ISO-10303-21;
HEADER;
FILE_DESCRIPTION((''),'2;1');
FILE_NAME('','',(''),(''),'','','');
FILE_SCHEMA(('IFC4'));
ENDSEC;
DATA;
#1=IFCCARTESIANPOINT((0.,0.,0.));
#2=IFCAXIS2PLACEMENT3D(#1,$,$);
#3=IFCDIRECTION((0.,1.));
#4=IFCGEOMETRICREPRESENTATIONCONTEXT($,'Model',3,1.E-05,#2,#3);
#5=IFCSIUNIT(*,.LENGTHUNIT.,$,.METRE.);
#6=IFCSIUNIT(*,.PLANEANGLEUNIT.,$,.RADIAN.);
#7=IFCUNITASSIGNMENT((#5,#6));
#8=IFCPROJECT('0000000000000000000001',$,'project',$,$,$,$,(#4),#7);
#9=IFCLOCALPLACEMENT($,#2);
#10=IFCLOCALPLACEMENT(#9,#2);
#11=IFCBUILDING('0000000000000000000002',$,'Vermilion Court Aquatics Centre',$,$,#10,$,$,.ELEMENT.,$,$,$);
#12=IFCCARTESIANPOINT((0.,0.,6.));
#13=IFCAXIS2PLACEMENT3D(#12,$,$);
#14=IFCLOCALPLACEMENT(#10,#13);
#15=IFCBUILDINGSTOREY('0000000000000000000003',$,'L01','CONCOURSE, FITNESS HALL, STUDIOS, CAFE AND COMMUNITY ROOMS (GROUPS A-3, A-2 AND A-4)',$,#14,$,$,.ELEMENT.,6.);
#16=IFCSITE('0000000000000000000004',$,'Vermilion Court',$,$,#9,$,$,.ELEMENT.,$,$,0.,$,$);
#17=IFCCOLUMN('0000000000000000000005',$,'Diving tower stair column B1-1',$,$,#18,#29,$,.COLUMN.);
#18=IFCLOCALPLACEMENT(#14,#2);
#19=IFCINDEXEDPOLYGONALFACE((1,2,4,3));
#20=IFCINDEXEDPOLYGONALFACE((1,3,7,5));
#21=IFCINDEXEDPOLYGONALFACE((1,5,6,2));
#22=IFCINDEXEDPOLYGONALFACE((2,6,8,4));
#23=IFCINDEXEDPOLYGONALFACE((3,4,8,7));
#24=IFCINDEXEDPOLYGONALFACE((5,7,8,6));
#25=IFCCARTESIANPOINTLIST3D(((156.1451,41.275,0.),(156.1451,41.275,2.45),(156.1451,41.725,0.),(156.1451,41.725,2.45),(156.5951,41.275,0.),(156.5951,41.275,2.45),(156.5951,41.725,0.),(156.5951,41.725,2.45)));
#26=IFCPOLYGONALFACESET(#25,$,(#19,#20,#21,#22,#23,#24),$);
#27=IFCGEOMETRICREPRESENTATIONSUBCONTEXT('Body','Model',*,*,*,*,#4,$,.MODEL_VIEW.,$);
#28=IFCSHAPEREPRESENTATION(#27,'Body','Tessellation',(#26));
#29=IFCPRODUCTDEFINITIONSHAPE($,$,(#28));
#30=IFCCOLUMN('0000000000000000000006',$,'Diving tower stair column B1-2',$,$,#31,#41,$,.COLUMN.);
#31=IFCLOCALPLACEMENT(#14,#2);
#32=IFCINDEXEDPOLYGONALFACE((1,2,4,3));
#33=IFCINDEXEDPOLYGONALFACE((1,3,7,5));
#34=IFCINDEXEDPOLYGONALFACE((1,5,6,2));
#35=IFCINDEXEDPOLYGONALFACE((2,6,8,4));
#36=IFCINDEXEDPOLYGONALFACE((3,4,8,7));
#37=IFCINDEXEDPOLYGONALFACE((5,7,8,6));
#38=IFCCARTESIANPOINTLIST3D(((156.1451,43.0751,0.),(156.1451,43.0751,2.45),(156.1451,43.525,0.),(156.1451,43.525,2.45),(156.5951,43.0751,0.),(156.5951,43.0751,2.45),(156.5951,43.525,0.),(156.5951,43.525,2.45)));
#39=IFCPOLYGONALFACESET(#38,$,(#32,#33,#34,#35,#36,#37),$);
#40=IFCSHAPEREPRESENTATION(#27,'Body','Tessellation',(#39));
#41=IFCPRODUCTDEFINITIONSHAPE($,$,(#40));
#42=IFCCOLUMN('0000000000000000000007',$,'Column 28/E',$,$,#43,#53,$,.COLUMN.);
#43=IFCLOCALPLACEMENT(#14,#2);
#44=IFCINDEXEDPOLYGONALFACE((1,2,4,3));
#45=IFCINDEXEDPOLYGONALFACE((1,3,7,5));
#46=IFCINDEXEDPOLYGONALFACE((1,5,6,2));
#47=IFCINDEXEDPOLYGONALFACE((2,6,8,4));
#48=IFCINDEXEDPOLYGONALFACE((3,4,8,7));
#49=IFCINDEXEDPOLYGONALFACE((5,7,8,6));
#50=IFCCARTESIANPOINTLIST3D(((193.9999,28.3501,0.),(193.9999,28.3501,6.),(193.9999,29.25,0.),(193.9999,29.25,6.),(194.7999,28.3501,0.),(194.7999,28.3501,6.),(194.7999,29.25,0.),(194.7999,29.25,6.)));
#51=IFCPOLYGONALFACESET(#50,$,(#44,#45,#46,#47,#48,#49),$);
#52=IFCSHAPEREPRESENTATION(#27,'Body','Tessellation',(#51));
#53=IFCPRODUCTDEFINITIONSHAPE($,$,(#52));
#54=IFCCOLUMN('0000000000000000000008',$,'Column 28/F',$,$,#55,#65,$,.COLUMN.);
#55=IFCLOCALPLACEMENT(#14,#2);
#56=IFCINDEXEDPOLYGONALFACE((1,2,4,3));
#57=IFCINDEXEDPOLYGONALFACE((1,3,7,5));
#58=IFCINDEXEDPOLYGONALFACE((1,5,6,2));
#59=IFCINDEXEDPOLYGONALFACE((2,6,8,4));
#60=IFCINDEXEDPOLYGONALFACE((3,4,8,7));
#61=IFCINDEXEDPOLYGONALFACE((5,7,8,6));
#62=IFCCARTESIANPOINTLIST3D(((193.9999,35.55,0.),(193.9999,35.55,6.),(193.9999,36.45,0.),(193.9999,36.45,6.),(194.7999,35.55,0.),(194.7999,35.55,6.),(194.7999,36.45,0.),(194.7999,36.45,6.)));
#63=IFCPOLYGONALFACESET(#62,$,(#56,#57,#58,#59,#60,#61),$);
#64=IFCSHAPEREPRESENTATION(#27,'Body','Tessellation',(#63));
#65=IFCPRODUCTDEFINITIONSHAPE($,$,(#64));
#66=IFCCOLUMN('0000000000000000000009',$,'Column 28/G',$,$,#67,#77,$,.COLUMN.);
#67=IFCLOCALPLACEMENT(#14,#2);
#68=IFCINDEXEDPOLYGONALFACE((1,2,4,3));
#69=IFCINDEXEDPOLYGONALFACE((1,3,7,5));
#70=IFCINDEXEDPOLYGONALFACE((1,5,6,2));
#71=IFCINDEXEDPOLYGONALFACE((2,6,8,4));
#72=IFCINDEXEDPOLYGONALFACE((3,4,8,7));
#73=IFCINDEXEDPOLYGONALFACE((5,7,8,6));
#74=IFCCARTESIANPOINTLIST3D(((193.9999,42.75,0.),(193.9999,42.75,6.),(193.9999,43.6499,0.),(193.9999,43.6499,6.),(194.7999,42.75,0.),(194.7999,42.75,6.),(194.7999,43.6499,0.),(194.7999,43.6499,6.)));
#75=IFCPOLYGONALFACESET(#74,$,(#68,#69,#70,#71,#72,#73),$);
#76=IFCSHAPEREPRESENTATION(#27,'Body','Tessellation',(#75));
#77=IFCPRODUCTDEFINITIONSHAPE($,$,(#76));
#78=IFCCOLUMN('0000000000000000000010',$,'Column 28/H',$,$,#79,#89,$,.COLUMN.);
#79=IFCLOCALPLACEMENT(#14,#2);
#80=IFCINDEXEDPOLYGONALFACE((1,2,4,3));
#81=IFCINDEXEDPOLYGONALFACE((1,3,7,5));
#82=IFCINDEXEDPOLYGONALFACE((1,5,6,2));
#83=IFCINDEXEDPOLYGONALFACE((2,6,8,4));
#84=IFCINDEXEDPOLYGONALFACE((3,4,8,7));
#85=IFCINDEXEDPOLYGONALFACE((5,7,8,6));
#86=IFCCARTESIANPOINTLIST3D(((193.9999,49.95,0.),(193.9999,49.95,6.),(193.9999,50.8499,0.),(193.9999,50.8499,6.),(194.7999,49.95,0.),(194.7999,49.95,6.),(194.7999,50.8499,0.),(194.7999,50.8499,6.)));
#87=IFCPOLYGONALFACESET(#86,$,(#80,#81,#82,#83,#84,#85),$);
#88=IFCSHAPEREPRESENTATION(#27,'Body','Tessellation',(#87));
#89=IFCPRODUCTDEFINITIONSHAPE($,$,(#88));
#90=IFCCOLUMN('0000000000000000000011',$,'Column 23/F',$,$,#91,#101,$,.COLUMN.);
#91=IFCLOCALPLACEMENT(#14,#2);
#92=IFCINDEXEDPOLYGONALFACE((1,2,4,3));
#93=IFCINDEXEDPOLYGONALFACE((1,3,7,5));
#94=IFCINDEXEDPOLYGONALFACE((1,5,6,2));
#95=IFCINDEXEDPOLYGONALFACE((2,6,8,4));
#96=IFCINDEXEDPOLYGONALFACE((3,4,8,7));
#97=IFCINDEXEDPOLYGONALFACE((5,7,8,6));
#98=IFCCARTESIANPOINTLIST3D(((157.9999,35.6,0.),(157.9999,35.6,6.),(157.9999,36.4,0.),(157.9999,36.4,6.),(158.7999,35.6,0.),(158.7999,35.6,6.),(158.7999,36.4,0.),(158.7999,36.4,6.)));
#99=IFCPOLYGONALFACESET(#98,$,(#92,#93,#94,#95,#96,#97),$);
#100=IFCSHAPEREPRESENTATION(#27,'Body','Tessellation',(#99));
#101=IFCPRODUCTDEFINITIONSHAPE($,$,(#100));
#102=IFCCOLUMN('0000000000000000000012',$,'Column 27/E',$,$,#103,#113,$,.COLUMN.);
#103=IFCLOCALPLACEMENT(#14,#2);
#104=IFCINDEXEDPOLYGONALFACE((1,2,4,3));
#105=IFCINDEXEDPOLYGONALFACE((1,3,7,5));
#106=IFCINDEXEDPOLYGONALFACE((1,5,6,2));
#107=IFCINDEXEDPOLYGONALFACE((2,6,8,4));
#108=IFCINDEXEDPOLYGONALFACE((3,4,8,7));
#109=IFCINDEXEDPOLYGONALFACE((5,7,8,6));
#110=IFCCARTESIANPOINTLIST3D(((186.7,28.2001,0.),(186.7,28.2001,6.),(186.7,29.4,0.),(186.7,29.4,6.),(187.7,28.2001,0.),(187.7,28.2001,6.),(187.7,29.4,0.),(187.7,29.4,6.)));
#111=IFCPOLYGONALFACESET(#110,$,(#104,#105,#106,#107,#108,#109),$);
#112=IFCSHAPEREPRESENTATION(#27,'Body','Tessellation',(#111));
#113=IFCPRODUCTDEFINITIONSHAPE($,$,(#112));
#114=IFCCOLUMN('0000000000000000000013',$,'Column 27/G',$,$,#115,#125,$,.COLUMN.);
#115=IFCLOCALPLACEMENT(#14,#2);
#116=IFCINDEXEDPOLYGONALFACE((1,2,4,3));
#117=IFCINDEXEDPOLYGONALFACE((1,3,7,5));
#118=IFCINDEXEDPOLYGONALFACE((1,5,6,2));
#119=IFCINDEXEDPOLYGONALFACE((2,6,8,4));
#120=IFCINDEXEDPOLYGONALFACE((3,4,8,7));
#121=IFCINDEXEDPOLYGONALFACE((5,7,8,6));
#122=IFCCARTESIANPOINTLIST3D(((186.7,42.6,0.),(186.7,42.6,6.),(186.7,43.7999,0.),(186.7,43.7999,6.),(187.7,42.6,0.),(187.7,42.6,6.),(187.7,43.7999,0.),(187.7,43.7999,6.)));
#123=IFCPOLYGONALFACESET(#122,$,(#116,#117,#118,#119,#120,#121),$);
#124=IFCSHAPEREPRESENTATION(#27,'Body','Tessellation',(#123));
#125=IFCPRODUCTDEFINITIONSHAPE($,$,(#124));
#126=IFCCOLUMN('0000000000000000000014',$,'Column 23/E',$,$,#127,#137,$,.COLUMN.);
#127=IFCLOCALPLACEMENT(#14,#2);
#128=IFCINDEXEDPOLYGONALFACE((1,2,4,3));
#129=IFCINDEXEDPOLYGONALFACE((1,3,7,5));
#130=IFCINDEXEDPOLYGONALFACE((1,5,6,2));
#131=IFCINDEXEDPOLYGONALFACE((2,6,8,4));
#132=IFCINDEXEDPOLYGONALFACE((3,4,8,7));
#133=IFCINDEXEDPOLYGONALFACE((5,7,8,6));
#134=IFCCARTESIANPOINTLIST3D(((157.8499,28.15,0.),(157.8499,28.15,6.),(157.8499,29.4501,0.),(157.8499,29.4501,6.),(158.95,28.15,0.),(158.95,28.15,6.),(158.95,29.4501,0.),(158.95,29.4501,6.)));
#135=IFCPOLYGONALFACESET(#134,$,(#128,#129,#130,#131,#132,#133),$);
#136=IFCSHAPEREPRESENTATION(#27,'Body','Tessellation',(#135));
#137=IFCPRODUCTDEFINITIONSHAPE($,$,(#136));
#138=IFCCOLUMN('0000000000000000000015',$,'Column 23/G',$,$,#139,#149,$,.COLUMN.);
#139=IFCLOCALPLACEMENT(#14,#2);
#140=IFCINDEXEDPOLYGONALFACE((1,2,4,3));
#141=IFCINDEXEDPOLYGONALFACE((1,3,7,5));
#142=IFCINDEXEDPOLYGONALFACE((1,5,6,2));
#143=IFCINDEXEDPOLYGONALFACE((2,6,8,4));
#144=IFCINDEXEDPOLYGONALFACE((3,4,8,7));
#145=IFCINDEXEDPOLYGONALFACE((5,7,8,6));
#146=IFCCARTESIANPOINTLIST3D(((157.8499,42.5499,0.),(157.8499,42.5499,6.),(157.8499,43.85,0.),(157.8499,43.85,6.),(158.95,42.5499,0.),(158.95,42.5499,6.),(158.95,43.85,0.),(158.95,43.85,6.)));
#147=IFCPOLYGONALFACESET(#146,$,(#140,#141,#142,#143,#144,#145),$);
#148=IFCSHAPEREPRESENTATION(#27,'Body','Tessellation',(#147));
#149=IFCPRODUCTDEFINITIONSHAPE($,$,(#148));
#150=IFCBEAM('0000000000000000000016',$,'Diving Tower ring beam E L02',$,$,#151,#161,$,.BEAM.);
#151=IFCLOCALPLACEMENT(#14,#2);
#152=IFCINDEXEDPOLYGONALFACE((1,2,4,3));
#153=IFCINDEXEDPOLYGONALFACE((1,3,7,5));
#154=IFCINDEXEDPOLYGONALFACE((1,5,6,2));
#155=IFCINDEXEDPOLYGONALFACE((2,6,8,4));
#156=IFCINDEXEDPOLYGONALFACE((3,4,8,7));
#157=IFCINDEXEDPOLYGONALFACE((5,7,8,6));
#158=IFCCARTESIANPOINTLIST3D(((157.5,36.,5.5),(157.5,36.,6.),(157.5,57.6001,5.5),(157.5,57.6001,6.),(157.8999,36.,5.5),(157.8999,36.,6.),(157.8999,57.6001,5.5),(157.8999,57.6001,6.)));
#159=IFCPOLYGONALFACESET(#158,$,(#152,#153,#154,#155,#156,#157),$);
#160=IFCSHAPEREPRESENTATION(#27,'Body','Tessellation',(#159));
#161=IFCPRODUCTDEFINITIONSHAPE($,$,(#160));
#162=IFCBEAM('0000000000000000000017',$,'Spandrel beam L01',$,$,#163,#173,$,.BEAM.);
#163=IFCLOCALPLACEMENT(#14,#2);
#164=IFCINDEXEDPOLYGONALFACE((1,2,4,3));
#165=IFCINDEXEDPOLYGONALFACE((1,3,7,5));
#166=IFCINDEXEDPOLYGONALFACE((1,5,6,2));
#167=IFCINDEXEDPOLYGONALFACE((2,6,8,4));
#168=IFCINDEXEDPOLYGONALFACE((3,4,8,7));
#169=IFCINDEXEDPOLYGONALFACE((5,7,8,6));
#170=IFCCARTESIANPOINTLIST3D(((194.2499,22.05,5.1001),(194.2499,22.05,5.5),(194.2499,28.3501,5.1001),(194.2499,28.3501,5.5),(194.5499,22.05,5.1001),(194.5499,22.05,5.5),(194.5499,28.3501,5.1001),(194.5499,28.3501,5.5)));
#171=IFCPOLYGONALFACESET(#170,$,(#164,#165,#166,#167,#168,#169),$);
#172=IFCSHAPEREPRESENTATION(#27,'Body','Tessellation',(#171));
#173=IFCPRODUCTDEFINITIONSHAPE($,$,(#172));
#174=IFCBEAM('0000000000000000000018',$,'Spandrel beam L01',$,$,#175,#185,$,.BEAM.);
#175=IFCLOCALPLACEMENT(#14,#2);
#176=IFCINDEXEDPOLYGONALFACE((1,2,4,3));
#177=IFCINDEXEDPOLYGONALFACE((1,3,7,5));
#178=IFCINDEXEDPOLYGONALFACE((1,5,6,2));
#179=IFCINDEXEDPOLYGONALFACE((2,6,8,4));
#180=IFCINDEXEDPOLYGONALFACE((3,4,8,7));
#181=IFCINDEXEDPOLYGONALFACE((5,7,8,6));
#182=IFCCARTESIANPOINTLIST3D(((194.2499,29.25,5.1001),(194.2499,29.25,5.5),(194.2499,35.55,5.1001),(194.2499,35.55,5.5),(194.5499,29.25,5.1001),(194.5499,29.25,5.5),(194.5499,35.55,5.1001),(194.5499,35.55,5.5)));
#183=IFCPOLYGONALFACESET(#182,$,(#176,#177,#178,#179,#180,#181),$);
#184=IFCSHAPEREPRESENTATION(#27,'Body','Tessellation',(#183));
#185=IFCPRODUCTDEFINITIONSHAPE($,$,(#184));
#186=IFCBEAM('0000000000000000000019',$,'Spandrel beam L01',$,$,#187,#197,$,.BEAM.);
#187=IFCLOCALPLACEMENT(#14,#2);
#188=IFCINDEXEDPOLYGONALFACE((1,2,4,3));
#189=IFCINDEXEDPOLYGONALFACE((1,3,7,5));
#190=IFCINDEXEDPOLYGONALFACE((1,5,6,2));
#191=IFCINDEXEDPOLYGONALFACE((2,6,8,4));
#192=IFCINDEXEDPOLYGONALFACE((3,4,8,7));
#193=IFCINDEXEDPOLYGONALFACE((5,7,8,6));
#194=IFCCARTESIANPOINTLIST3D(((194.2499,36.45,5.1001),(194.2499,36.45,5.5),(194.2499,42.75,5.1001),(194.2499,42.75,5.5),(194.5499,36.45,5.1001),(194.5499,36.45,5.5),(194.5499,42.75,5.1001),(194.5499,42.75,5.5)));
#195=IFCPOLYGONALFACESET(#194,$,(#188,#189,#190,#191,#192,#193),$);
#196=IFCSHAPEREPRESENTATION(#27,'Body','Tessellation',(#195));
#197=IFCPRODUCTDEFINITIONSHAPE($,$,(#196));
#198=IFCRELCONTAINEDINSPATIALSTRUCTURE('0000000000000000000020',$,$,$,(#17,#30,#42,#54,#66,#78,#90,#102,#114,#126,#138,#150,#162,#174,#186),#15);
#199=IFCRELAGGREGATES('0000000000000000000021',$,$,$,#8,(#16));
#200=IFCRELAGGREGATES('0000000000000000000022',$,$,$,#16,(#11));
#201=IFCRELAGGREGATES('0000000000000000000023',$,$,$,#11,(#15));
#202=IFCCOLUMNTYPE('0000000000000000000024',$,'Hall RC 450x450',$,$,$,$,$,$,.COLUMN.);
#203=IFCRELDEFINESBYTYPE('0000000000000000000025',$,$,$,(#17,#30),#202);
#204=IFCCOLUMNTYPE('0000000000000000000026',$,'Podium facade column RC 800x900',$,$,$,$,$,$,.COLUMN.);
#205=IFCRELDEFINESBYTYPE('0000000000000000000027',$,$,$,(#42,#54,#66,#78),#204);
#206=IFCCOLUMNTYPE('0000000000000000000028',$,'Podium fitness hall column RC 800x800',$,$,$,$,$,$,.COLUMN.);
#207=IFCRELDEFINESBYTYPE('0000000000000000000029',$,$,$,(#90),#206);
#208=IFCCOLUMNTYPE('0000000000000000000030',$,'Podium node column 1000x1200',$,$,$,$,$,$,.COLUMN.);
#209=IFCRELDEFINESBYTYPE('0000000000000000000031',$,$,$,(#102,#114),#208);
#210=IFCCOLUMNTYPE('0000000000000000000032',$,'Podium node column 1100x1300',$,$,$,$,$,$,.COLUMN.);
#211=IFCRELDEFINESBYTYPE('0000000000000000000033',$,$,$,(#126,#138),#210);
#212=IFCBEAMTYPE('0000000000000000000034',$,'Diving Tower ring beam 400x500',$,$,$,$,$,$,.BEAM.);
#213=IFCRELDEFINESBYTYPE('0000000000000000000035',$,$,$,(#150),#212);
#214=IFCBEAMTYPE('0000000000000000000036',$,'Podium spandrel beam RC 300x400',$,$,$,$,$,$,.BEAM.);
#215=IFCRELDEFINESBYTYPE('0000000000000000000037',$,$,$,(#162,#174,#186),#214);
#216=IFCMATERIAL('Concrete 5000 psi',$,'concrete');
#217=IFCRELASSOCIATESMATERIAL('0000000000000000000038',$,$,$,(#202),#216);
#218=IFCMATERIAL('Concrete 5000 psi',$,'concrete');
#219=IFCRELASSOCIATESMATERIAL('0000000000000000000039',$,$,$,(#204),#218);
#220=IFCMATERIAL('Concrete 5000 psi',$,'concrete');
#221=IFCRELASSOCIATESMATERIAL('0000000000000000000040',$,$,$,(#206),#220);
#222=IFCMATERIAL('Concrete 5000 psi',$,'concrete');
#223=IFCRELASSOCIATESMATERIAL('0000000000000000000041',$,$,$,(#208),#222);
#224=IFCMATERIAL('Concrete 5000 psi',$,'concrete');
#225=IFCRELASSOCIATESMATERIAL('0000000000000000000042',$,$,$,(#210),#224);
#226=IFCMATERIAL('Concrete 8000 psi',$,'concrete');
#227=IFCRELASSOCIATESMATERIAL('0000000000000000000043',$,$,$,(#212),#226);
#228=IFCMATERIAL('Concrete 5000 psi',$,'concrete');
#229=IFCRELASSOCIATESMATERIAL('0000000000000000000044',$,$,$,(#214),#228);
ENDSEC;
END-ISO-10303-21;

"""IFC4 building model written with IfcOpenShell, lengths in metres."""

from ifc_helpers import new_model, si_unit, direction, frame, origin, origin_2d, place, context, subcontext, project, spatial, rectangle, extrude, material, material_profile, profile_set, type_object, element, save


model = new_model("IFC4")

# Units and contexts
model_context = context("Model", 3, precision=1e-05, world=origin(), true_north=direction((0.0, 1.0)))
body_context = subcontext(model_context, "Body", "Model", "MODEL_VIEW")
ifc_project = project(units=[si_unit("LENGTHUNIT", "METRE"), si_unit("PLANEANGLEUNIT", "RADIAN")], contexts=[model_context])

# Site, building, storey
site_placement = place(None, origin())
site = spatial("IfcSite", under=ifc_project, at=site_placement, Name="Vermilion Court", CompositionType="ELEMENT", RefElevation=0.0)
building_placement = place(site_placement, origin())
building = spatial("IfcBuilding", under=site, at=building_placement, Name="Vermilion Court Aquatics Centre", CompositionType="ELEMENT")
storey_placement = place(building_placement, frame((0.0, 0.0, 6.0)))
storey = spatial("IfcBuildingStorey", under=building, at=storey_placement, Name="L01", Description="CONCOURSE, FITNESS HALL, STUDIOS, CAFE AND COMMUNITY ROOMS (GROUPS A-3, A-2 AND A-4)", CompositionType="ELEMENT", Elevation=6.0)

# Columns
ifc_material_1 = material(Name="Concrete 5000 psi", Category="concrete")
ifc_material_profile_1 = material_profile(ifc_material_1, rectangle(XDim=0.45, YDim=0.45, at=origin_2d()), Name="RC 450x450")
ifc_profile_set_1 = profile_set([ifc_material_profile_1], Name="Concrete 5000 psi")
column_type_1 = type_object("IfcColumnType", Name="Hall RC 450x450", PredefinedType="COLUMN", material=ifc_profile_set_1)
for number, where, z_axis, x_axis, name in (
    (1, (156.3701, 41.5, 0.0), (0.0, 0.0, 1.0), (1.0, 0.0, 0.0), "Diving tower stair column B1-1"),
    (2, (156.3701, 43.3, 0.0), (0.0, 0.0, 1.0), (1.0, 0.0, 0.0), "Diving tower stair column B1-2"),
):
    element("IfcColumn", number, at=place(storey_placement, frame(where, z_axis=z_axis, x_axis=x_axis)), inside=storey, type_object=column_type_1, Name=name, PredefinedType="COLUMN", context=body_context, shape_type="SweptSolid", body=[
        extrude(rectangle(XDim=0.45, YDim=0.45, at=origin_2d()), origin(), (0.0, 0.0, 1.0), 2.45),
    ])
ifc_material_2 = material(Name="Concrete 5000 psi", Category="concrete")
ifc_material_profile_2 = material_profile(ifc_material_2, rectangle(XDim=0.8, YDim=0.8999, at=origin_2d()), Name="RC 800x900")
ifc_profile_set_2 = profile_set([ifc_material_profile_2], Name="Concrete 5000 psi")
column_type_2 = type_object("IfcColumnType", Name="Podium facade column RC 800x900", PredefinedType="COLUMN", material=ifc_profile_set_2)
for number, where, z_axis, x_axis, name in (
    (3, (194.3999, 28.8, 0.0), (0.0, 0.0, 1.0), (1.0, 0.0, 0.0), "Column 28/E"),
    (4, (194.3999, 36.0, 0.0), (0.0, 0.0, 1.0), (1.0, 0.0, 0.0), "Column 28/F"),
    (5, (194.3999, 43.2, 0.0), (0.0, 0.0, 1.0), (1.0, 0.0, 0.0), "Column 28/G"),
    (6, (194.3999, 50.3999, 0.0), (0.0, 0.0, 1.0), (1.0, 0.0, 0.0), "Column 28/H"),
):
    element("IfcColumn", number, at=place(storey_placement, frame(where, z_axis=z_axis, x_axis=x_axis)), inside=storey, type_object=column_type_2, Name=name, PredefinedType="COLUMN", context=body_context, shape_type="SweptSolid", body=[
        extrude(rectangle(XDim=0.8, YDim=0.8999, at=origin_2d()), origin(), (0.0, 0.0, 1.0), 6.0),
    ])
ifc_material_3 = material(Name="Concrete 5000 psi", Category="concrete")
ifc_material_profile_3 = material_profile(ifc_material_3, rectangle(XDim=0.8, YDim=0.8, at=origin_2d()), Name="RC 800x800")
ifc_profile_set_3 = profile_set([ifc_material_profile_3], Name="Concrete 5000 psi")
column_type_3 = type_object("IfcColumnType", Name="Podium fitness hall column RC 800x800", PredefinedType="COLUMN", material=ifc_profile_set_3)
column_placement = place(storey_placement, frame((158.3999, 36.0, 0.0), z_axis=(0.0, 0.0, 1.0), x_axis=(1.0, 0.0, 0.0)))
element("IfcColumn", 7, at=column_placement, inside=storey, type_object=column_type_3, Name="Column 23/F", PredefinedType="COLUMN", context=body_context, shape_type="SweptSolid", body=[
    extrude(rectangle(XDim=0.8, YDim=0.8, at=origin_2d()), origin(), (0.0, 0.0, 1.0), 6.0),
])
ifc_material_4 = material(Name="Concrete 5000 psi", Category="concrete")
ifc_material_profile_4 = material_profile(ifc_material_4, rectangle(XDim=1.0, YDim=1.2, at=origin_2d()), Name="RC 1000x1200")
ifc_profile_set_4 = profile_set([ifc_material_profile_4], Name="Concrete 5000 psi")
column_type_4 = type_object("IfcColumnType", Name="Podium node column 1000x1200", PredefinedType="COLUMN", material=ifc_profile_set_4)
for number, where, z_axis, x_axis, name in (
    (8, (187.2, 28.8, 0.0), (0.0, 0.0, 1.0), (1.0, 0.0, 0.0), "Column 27/E"),
    (9, (187.2, 43.2, 0.0), (0.0, 0.0, 1.0), (1.0, 0.0, 0.0), "Column 27/G"),
):
    element("IfcColumn", number, at=place(storey_placement, frame(where, z_axis=z_axis, x_axis=x_axis)), inside=storey, type_object=column_type_4, Name=name, PredefinedType="COLUMN", context=body_context, shape_type="SweptSolid", body=[
        extrude(rectangle(XDim=1.0, YDim=1.2, at=origin_2d()), origin(), (0.0, 0.0, 1.0), 6.0),
    ])
ifc_material_5 = material(Name="Concrete 5000 psi", Category="concrete")
ifc_material_profile_5 = material_profile(ifc_material_5, rectangle(XDim=1.1001, YDim=1.3, at=origin_2d()), Name="RC 1100x1300")
ifc_profile_set_5 = profile_set([ifc_material_profile_5], Name="Concrete 5000 psi")
column_type_5 = type_object("IfcColumnType", Name="Podium node column 1100x1300", PredefinedType="COLUMN", material=ifc_profile_set_5)
for number, where, z_axis, x_axis, name in (
    (10, (158.3999, 28.8, 0.0), (0.0, 0.0, 1.0), (1.0, 0.0, 0.0), "Column 23/E"),
    (11, (158.3999, 43.2, 0.0), (0.0, 0.0, 1.0), (1.0, 0.0, 0.0), "Column 23/G"),
):
    element("IfcColumn", number, at=place(storey_placement, frame(where, z_axis=z_axis, x_axis=x_axis)), inside=storey, type_object=column_type_5, Name=name, PredefinedType="COLUMN", context=body_context, shape_type="SweptSolid", body=[
        extrude(rectangle(XDim=1.1001, YDim=1.3, at=origin_2d()), origin(), (0.0, 0.0, 1.0), 6.0),
    ])

# Beams
ifc_material_6 = material(Name="Concrete 8000 psi", Category="concrete")
ifc_material_profile_6 = material_profile(ifc_material_6, rectangle(XDim=0.3999, YDim=0.5, at=origin_2d()), Name="RC 400x500")
ifc_profile_set_6 = profile_set([ifc_material_profile_6], Name="Concrete 8000 psi")
beam_type_1 = type_object("IfcBeamType", Name="Diving Tower ring beam 400x500", PredefinedType="BEAM", material=ifc_profile_set_6)
beam_1_placement = place(storey_placement, frame((157.7, 36.0, 5.75), z_axis=(0.0, 1.0, 0.0), x_axis=(-1.0, 0.0, 0.0)))
element("IfcBeam", 12, at=beam_1_placement, inside=storey, type_object=beam_type_1, Name="Diving Tower ring beam E L02", PredefinedType="BEAM", context=body_context, shape_type="SweptSolid", body=[
    extrude(rectangle(XDim=0.3999, YDim=0.5, at=origin_2d()), origin(), (0.0, 0.0, 1.0), 21.6001),
])
ifc_material_7 = material(Name="Concrete 5000 psi", Category="concrete")
ifc_material_profile_7 = material_profile(ifc_material_7, rectangle(XDim=0.3, YDim=0.3999, at=origin_2d()), Name="RC 300x400")
ifc_profile_set_7 = profile_set([ifc_material_profile_7], Name="Concrete 5000 psi")
beam_type_2 = type_object("IfcBeamType", Name="Podium spandrel beam RC 300x400", PredefinedType="BEAM", material=ifc_profile_set_7)
for number, where, z_axis, x_axis, name in (
    (13, (194.3999, 22.05, 5.3), (0.0, 1.0, 0.0), (-1.0, 0.0, 0.0), "Spandrel beam L01"),
    (14, (194.3999, 29.25, 5.3), (0.0, 1.0, 0.0), (-1.0, 0.0, 0.0), "Spandrel beam L01"),
    (15, (194.3999, 36.45, 5.3), (0.0, 1.0, 0.0), (-1.0, 0.0, 0.0), "Spandrel beam L01"),
):
    element("IfcBeam", number, at=place(storey_placement, frame(where, z_axis=z_axis, x_axis=x_axis)), inside=storey, type_object=beam_type_2, Name=name, PredefinedType="BEAM", context=body_context, shape_type="SweptSolid", body=[
        extrude(rectangle(XDim=0.3, YDim=0.3999, at=origin_2d()), origin(), (0.0, 0.0, 1.0), 6.3),
    ])

save(model, "model.ifc")
